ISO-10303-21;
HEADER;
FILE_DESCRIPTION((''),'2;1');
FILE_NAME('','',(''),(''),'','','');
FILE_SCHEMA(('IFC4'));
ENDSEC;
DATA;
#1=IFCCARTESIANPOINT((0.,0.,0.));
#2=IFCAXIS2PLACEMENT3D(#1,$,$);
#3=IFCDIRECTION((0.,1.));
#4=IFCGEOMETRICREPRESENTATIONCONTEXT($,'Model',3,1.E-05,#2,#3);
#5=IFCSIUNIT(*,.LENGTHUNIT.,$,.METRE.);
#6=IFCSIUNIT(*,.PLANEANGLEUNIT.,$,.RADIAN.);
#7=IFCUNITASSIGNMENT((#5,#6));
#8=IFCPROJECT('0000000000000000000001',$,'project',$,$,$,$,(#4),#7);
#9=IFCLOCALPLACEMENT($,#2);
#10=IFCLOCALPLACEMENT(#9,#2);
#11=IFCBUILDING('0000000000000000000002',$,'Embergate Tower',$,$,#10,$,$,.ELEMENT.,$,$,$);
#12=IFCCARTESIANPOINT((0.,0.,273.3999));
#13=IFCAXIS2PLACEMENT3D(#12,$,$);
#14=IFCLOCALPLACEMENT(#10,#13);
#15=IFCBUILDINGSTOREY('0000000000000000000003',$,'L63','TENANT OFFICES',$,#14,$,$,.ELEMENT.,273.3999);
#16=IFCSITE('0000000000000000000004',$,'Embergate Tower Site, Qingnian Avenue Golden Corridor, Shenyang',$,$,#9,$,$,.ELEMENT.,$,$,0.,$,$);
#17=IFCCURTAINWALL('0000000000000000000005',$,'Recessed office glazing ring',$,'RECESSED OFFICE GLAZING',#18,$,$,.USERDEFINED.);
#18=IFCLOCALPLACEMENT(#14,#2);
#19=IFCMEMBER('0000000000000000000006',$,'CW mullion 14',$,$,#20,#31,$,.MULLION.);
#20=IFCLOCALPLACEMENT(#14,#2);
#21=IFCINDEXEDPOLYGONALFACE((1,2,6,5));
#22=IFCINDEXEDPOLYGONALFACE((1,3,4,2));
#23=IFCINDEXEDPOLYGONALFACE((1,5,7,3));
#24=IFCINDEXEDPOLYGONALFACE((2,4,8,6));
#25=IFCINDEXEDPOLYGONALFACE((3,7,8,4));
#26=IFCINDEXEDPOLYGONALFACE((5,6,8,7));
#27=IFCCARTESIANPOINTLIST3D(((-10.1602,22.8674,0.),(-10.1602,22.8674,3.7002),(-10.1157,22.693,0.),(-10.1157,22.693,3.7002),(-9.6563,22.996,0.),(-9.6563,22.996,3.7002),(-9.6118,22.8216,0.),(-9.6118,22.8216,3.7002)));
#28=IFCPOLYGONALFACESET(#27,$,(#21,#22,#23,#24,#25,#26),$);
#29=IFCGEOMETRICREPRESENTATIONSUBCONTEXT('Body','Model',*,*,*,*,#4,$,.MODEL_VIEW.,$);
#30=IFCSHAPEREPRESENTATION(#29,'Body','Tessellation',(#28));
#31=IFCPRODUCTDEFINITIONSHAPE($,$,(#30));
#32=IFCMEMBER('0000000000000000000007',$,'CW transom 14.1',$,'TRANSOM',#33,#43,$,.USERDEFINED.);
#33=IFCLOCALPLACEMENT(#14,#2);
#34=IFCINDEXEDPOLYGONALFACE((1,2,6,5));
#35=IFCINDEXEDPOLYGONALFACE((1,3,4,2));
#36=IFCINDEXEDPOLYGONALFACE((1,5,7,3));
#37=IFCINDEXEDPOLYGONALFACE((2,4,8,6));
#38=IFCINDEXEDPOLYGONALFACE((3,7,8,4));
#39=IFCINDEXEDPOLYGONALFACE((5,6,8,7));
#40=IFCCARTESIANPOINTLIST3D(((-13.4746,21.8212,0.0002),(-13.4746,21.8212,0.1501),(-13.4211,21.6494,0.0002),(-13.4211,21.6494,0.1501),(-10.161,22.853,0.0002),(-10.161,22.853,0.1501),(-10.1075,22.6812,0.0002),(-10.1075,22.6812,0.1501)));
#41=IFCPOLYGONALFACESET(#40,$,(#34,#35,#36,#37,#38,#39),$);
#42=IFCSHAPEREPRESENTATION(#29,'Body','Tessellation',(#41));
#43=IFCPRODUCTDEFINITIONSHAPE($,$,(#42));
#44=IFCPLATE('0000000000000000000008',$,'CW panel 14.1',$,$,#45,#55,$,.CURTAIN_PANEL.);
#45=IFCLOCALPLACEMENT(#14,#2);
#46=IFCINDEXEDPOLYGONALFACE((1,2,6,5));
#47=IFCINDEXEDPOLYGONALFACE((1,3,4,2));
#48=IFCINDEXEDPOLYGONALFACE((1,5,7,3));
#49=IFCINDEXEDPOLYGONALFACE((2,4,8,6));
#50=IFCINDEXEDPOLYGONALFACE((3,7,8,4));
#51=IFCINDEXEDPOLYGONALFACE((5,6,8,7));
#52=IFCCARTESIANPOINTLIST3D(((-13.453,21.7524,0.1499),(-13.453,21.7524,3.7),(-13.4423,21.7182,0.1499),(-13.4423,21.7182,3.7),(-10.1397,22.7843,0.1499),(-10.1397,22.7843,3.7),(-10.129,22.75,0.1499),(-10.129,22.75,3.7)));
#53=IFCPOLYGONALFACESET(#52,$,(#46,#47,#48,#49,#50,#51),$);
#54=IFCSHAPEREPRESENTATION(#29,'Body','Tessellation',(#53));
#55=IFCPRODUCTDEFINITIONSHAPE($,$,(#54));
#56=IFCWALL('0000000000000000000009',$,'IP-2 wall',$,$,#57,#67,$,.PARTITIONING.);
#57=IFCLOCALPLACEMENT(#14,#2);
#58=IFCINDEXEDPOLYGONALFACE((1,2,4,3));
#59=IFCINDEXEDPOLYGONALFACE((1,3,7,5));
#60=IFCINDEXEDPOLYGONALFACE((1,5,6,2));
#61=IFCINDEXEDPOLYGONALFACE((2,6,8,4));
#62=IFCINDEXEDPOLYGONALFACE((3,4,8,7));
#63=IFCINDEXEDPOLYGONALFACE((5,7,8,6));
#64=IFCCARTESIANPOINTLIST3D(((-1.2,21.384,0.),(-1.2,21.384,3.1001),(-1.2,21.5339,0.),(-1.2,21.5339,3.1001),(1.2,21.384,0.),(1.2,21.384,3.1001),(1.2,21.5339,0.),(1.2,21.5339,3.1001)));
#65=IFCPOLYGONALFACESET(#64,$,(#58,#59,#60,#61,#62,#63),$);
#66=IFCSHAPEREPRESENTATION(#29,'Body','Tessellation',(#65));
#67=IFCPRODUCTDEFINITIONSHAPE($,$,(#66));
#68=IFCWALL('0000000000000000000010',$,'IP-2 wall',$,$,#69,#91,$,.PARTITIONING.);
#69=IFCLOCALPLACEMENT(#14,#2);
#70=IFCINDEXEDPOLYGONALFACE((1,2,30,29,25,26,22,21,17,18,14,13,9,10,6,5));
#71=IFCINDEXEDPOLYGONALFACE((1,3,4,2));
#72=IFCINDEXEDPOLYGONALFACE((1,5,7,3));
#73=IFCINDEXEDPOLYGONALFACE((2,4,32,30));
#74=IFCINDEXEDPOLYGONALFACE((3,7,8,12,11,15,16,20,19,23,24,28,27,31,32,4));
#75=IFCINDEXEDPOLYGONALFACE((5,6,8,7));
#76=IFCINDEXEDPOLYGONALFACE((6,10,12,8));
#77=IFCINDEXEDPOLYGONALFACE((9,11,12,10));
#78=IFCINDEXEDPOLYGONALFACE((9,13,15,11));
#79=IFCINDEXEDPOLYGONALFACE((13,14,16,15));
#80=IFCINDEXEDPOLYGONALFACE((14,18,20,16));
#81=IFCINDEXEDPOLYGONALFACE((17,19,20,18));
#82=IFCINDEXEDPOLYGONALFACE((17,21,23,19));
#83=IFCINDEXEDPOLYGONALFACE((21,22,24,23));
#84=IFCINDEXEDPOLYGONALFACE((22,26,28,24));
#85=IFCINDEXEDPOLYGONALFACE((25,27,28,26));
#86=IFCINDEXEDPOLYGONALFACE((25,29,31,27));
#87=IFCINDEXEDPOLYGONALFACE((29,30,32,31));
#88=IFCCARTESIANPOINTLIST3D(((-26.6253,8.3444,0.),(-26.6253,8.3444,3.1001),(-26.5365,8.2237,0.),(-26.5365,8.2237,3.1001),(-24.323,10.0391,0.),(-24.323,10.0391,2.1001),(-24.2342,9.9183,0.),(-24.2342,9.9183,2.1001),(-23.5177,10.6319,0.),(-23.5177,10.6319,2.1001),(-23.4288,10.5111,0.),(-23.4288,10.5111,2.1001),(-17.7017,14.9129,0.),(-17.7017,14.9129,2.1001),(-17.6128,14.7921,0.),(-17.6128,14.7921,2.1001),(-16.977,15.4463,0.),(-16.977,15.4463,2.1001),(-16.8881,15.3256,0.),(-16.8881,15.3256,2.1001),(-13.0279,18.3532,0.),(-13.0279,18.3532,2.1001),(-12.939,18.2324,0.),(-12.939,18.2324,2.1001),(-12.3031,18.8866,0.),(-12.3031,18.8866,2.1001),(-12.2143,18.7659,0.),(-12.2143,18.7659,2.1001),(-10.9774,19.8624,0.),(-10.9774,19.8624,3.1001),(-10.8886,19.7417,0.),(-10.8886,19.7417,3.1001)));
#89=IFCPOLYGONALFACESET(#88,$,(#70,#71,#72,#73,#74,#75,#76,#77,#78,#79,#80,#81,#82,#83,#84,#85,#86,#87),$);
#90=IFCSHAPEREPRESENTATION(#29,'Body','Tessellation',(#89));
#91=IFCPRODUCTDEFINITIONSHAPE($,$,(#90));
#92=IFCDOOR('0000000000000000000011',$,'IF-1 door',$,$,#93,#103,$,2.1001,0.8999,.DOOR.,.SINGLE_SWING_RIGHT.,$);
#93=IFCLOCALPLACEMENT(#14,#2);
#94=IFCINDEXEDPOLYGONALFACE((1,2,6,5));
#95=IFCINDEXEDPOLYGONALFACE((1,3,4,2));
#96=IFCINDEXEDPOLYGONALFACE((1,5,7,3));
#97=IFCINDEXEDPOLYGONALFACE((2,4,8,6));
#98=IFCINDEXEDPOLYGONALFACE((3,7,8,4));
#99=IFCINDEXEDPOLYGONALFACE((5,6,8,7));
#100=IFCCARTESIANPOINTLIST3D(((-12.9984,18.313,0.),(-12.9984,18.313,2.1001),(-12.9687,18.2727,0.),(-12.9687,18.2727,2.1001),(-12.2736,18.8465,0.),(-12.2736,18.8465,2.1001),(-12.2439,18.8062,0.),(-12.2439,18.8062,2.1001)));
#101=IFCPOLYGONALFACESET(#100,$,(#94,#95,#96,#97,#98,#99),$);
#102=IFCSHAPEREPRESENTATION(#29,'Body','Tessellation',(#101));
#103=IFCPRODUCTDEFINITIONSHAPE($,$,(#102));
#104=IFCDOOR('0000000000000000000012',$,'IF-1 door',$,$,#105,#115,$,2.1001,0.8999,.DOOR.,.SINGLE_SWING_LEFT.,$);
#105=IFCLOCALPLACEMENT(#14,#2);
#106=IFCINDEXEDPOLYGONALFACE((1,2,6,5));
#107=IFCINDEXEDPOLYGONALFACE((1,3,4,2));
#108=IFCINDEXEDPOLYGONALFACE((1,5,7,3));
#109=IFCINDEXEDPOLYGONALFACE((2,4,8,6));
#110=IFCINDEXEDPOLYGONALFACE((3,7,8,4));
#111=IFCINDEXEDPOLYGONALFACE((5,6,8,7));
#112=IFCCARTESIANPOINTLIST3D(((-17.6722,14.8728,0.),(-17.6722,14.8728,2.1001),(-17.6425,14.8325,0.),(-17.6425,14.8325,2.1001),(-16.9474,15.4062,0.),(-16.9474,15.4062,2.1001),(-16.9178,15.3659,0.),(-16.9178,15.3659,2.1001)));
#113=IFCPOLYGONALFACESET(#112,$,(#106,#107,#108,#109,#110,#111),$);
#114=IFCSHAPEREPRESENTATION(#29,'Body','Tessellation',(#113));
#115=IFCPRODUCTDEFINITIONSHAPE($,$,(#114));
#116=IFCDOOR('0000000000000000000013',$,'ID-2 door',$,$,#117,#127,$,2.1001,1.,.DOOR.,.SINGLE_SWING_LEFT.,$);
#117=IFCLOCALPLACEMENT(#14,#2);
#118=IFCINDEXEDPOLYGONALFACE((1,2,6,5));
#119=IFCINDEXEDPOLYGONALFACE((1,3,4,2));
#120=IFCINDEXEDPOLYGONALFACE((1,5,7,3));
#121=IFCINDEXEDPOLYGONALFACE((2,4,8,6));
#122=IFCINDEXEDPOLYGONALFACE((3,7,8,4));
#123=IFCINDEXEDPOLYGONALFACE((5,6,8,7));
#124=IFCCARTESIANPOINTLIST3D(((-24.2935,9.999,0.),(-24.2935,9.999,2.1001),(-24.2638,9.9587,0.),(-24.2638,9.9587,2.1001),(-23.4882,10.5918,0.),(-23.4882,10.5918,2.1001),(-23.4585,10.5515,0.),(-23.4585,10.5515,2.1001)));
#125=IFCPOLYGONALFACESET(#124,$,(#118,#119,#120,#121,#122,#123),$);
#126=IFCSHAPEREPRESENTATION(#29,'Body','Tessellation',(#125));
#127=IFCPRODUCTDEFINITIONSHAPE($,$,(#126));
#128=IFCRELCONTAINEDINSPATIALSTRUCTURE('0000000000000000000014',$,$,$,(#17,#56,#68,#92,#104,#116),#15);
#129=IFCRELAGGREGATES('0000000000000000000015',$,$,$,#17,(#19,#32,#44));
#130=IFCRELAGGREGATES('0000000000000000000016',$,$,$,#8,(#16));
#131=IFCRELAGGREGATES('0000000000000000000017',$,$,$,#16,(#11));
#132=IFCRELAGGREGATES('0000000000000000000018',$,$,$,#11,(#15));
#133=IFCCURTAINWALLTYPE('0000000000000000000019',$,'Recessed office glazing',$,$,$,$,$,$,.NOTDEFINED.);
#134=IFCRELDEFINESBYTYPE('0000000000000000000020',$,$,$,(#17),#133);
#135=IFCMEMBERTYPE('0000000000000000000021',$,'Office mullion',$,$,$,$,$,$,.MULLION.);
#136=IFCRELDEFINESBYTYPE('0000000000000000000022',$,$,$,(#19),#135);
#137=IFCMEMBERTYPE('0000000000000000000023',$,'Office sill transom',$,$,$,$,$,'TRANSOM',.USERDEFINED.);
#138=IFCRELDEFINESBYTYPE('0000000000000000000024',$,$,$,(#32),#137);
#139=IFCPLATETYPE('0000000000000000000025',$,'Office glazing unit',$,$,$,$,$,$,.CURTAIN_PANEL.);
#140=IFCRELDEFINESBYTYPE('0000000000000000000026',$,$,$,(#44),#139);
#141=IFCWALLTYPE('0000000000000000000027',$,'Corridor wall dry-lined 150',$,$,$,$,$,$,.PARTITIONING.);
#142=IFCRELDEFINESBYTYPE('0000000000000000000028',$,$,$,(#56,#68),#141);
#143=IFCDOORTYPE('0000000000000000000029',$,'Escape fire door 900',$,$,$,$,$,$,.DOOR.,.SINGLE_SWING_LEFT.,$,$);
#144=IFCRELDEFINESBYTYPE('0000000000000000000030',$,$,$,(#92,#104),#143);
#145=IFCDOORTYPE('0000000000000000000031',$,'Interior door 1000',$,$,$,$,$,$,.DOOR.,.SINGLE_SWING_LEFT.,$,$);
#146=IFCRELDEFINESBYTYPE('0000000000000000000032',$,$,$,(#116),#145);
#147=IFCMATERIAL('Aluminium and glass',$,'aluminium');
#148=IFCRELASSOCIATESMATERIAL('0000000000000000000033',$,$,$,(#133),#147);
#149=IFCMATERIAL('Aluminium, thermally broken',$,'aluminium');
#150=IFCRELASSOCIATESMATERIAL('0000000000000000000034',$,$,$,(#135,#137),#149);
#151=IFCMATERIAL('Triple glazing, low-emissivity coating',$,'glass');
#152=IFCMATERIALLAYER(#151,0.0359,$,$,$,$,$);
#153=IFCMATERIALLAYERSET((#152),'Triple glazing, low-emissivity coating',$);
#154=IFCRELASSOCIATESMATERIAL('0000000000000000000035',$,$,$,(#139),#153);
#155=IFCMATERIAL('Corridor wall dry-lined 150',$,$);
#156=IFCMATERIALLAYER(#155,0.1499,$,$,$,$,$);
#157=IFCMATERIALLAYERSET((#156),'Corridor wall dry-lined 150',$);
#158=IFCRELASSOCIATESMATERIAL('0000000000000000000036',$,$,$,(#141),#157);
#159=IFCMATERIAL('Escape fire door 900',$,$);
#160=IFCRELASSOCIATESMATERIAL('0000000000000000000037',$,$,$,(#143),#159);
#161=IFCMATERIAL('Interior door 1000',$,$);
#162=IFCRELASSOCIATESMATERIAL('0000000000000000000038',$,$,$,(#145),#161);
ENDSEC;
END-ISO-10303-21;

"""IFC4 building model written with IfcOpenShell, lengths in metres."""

from ifc_helpers import new_model, si_unit, direction, frame, frame_2d, origin, origin_2d, place, context, subcontext, project, spatial, rectangle, extrude, source, transform, mapped, material, layer, layer_set, material_profile, profile_set, type_object, element, fill, aggregate, save


model = new_model("IFC4")

# Units and contexts
model_context = context("Model", 3, precision=1e-05, world=origin(), true_north=direction((0.0, 1.0)))
body_context = subcontext(model_context, "Body", "Model", "MODEL_VIEW")
ifc_project = project(units=[si_unit("LENGTHUNIT", "METRE"), si_unit("PLANEANGLEUNIT", "RADIAN")], contexts=[model_context])

# Site, building, storey
site_placement = place(None, origin())
site = spatial("IfcSite", under=ifc_project, at=site_placement, Name="Embergate Tower Site, Qingnian Avenue Golden Corridor, Shenyang", CompositionType="ELEMENT", RefElevation=0.0)
building_placement = place(site_placement, origin())
building = spatial("IfcBuilding", under=site, at=building_placement, Name="Embergate Tower", CompositionType="ELEMENT")
storey_placement = place(building_placement, frame((0.0, 0.0, 273.3999)))
storey = spatial("IfcBuildingStorey", under=building, at=storey_placement, Name="L63", Description="TENANT OFFICES", CompositionType="ELEMENT", Elevation=273.3999)

# Curtain wall, members, plate
ifc_material_1 = material(Name="Aluminium and glass", Category="aluminium")
curtain_wall_type = type_object("IfcCurtainWallType", Name="Recessed office glazing", PredefinedType="NOTDEFINED", material=ifc_material_1)
curtain_wall_placement = place(storey_placement, origin())
curtain_wall = element("IfcCurtainWall", 1, at=curtain_wall_placement, inside=storey, type_object=curtain_wall_type, Name="Recessed office glazing ring", ObjectType="RECESSED OFFICE GLAZING", PredefinedType="USERDEFINED")
ifc_material_2 = material(Name="Aluminium, thermally broken", Category="aluminium")
ifc_material_profile_1 = material_profile(ifc_material_2, rectangle(XDim=0.1799, YDim=0.52, at=origin_2d()), Name="AL 520x180")
ifc_profile_set_1 = profile_set([ifc_material_profile_1], Name="Aluminium, thermally broken")
member_type_1 = type_object("IfcMemberType", Name="Office mullion", PredefinedType="MULLION", material=ifc_profile_set_1)
shared_shape_1 = source(origin(), body_context, "Body", "SweptSolid", [
    extrude(rectangle(XDim=0.1799, YDim=0.52, at=origin_2d()), origin(), (0.0, 0.0, 1.0), 3.7002),
])
member_1_placement = place(storey_placement, frame((-9.886, 22.8445, 0.0), z_axis=(0.0, 0.0, 1.0), x_axis=(0.247307, -0.968937, 0.0)))
member_1 = element("IfcMember", 2, at=member_1_placement, type_object=member_type_1, Name="CW mullion 14", PredefinedType="MULLION", context=body_context, shape_type="MappedRepresentation", body=[
    mapped(shared_shape_1, transform((0.0, 0.0, 0.0))),
])
ifc_material_profile_2 = material_profile(ifc_material_2, rectangle(XDim=0.1799, YDim=0.1499, at=origin_2d()), Name="AL 150x180")
ifc_profile_set_2 = profile_set([ifc_material_profile_2], Name="Aluminium, thermally broken")
member_type_2 = type_object("IfcMemberType", Name="Office sill transom", ElementType="TRANSOM", PredefinedType="USERDEFINED", material=ifc_profile_set_2)
shared_shape_2 = source(origin(), body_context, "Body", "SweptSolid", [
    extrude(rectangle(XDim=0.1799, YDim=0.1499, at=origin_2d()), origin(), (0.0, 0.0, 1.0), 3.4705),
])
member_2_placement = place(storey_placement, frame((-10.1343, 22.7671, 0.0752), z_axis=(-0.954785, -0.297297, 0.0), x_axis=(0.297297, -0.954785, 0.0)))
member_2 = element("IfcMember", 3, at=member_2_placement, type_object=member_type_2, Name="CW transom 14.1", ObjectType="TRANSOM", PredefinedType="USERDEFINED", context=body_context, shape_type="MappedRepresentation", body=[
    mapped(shared_shape_2, transform((0.0, 0.0, 0.0))),
])
ifc_material_3 = material(Name="Triple glazing, low-emissivity coating", Category="glass")
ifc_layer_1 = layer(ifc_material_3, 0.0359)
ifc_layer_set_1 = layer_set([ifc_layer_1], Name="Triple glazing, low-emissivity coating")
plate_type = type_object("IfcPlateType", Name="Office glazing unit", PredefinedType="CURTAIN_PANEL", material=ifc_layer_set_1)
shared_shape_3 = source(origin(), body_context, "Body", "SweptSolid", [
    extrude(rectangle(XDim=3.4702, YDim=0.0359, at=origin_2d()), origin(), (0.0, 0.0, 1.0), 3.55),
])
plate_placement = place(storey_placement, frame((-11.791, 22.2512, 0.1499), z_axis=(0.0, 0.0, 1.0), x_axis=(-0.954773, -0.297337, 0.0)))
plate = element("IfcPlate", 4, at=plate_placement, type_object=plate_type, Name="CW panel 14.1", PredefinedType="CURTAIN_PANEL", context=body_context, shape_type="MappedRepresentation", body=[
    mapped(shared_shape_3, transform((0.0, 0.0, 0.0))),
])
aggregate(curtain_wall, [member_1, member_2, plate])

# Wall
ifc_material_4 = material(Name="Corridor wall dry-lined 150")
ifc_layer_2 = layer(ifc_material_4, 0.1499)
ifc_layer_set_2 = layer_set([ifc_layer_2], Name="Corridor wall dry-lined 150")
wall_type_1 = type_object("IfcWallType", Name="Corridor wall dry-lined 150", PredefinedType="PARTITIONING", material=ifc_layer_set_2)
shared_shape_4 = source(origin(), body_context, "Body", "SweptSolid", [
    extrude(rectangle(XDim=2.3999, YDim=0.1499, at=frame_2d((1.2, 0.0))), origin(), (0.0, 0.0, 1.0), 3.1001),
])
wall_1_placement = place(storey_placement, frame((-1.2, 21.459, 0.0), z_axis=(0.0, 0.0, 1.0), x_axis=(1.0, 0.0, 0.0)))
element("IfcWall", 5, at=wall_1_placement, inside=storey, type_object=wall_type_1, Name="IP-2 wall", PredefinedType="PARTITIONING", context=body_context, shape_type="MappedRepresentation", body=[
    mapped(shared_shape_4, transform((0.0, 0.0, 0.0))),
])

# Wall, openings, doors
shared_shape_5 = source(origin(), body_context, "Body", "SweptSolid", [
    extrude(rectangle(XDim=19.4299, YDim=0.1499, at=frame_2d((9.7148, 0.0))), origin(), (0.0, 0.0, 1.0), 3.1001),
])
wall_2_placement = place(storey_placement, frame((-10.9331, 19.802, 0.0), z_axis=(0.0, 0.0, 1.0), x_axis=(-0.805351, -0.592799, 0.0)))
wall_2 = element("IfcWall", 6, at=wall_2_placement, inside=storey, type_object=wall_type_1, Name="IP-2 wall", PredefinedType="PARTITIONING", context=body_context, shape_type="MappedRepresentation", body=[
    mapped(shared_shape_5, transform((0.0, 0.0, 0.0))),
])
shared_shape_6 = source(origin(), body_context, "Body", "SweptSolid", [
    extrude(rectangle(XDim=0.8999, YDim=2.1001, at=frame_2d((0.45, 1.05))), frame((0.0, 0.085, 0.0), z_axis=(0.0, -1.0, 0.0), x_axis=(1.0, 0.0, 0.0)), (0.0, 0.0, 1.0), 0.1699),
])
opening_1_placement = place(wall_2_placement, frame((1.646, 0.0, 0.0)))
opening_1 = element("IfcOpeningElement", 7, at=opening_1_placement, cuts=wall_2, PredefinedType="OPENING", context=body_context, shape_type="MappedRepresentation", body=[
    mapped(shared_shape_6, transform((0.0, 0.0, 0.0))),
])
opening_2_placement = place(wall_2_placement, frame((7.4495, 0.0, 0.0)))
opening_2 = element("IfcOpeningElement", 8, at=opening_2_placement, cuts=wall_2, PredefinedType="OPENING", context=body_context, shape_type="MappedRepresentation", body=[
    mapped(shared_shape_6, transform((0.0, 0.0, 0.0))),
])
shared_shape_7 = source(origin(), body_context, "Body", "SweptSolid", [
    extrude(rectangle(XDim=1.0, YDim=2.1001, at=frame_2d((0.5, 1.05))), frame((0.0, 0.085, 0.0), z_axis=(0.0, -1.0, 0.0), x_axis=(1.0, 0.0, 0.0)), (0.0, 0.0, 1.0), 0.1699),
])
opening_3_placement = place(wall_2_placement, frame((15.571, 0.0, 0.0)))
opening_3 = element("IfcOpeningElement", 9, at=opening_3_placement, cuts=wall_2, PredefinedType="OPENING", context=body_context, shape_type="MappedRepresentation", body=[
    mapped(shared_shape_7, transform((0.0, 0.0, 0.0))),
])
ifc_material_5 = material(Name="Escape fire door 900")
door_type_1 = type_object("IfcDoorType", Name="Escape fire door 900", OperationType="SINGLE_SWING_LEFT", PredefinedType="DOOR", material=ifc_material_5)
shared_shape_8 = source(origin(), body_context, "Body", "SweptSolid", [
    extrude(rectangle(XDim=0.8999, YDim=2.1001, at=frame_2d((0.45, 1.05))), frame((0.0, 0.0249, 0.0), z_axis=(0.0, -1.0, 0.0), x_axis=(1.0, 0.0, 0.0)), (0.0, 0.0, 1.0), 0.05),
])
door_1_placement = place(opening_1_placement, origin())
door_1 = element("IfcDoor", 10, at=door_1_placement, inside=storey, type_object=door_type_1, Name="IF-1 door", OperationType="SINGLE_SWING_RIGHT", OverallHeight=2.1001, OverallWidth=0.8999, PredefinedType="DOOR", context=body_context, shape_type="MappedRepresentation", body=[
    mapped(shared_shape_8, transform((0.0, 0.0, 0.0))),
])
fill(opening_1, door_1)
door_2_placement = place(opening_2_placement, origin())
door_2 = element("IfcDoor", 11, at=door_2_placement, inside=storey, type_object=door_type_1, Name="IF-1 door", OperationType="SINGLE_SWING_LEFT", OverallHeight=2.1001, OverallWidth=0.8999, PredefinedType="DOOR", context=body_context, shape_type="MappedRepresentation", body=[
    mapped(shared_shape_8, transform((0.0, 0.0, 0.0))),
])
fill(opening_2, door_2)
ifc_material_6 = material(Name="Interior door 1000")
door_type_2 = type_object("IfcDoorType", Name="Interior door 1000", OperationType="SINGLE_SWING_LEFT", PredefinedType="DOOR", material=ifc_material_6)
shared_shape_9 = source(origin(), body_context, "Body", "SweptSolid", [
    extrude(rectangle(XDim=1.0, YDim=2.1001, at=frame_2d((0.5, 1.05))), frame((0.0, 0.0249, 0.0), z_axis=(0.0, -1.0, 0.0), x_axis=(1.0, 0.0, 0.0)), (0.0, 0.0, 1.0), 0.05),
])
door_3_placement = place(opening_3_placement, origin())
door_3 = element("IfcDoor", 12, at=door_3_placement, inside=storey, type_object=door_type_2, Name="ID-2 door", OperationType="SINGLE_SWING_LEFT", OverallHeight=2.1001, OverallWidth=1.0, PredefinedType="DOOR", context=body_context, shape_type="MappedRepresentation", body=[
    mapped(shared_shape_9, transform((0.0, 0.0, 0.0))),
])
fill(opening_3, door_3)

save(model, "model.ifc")
